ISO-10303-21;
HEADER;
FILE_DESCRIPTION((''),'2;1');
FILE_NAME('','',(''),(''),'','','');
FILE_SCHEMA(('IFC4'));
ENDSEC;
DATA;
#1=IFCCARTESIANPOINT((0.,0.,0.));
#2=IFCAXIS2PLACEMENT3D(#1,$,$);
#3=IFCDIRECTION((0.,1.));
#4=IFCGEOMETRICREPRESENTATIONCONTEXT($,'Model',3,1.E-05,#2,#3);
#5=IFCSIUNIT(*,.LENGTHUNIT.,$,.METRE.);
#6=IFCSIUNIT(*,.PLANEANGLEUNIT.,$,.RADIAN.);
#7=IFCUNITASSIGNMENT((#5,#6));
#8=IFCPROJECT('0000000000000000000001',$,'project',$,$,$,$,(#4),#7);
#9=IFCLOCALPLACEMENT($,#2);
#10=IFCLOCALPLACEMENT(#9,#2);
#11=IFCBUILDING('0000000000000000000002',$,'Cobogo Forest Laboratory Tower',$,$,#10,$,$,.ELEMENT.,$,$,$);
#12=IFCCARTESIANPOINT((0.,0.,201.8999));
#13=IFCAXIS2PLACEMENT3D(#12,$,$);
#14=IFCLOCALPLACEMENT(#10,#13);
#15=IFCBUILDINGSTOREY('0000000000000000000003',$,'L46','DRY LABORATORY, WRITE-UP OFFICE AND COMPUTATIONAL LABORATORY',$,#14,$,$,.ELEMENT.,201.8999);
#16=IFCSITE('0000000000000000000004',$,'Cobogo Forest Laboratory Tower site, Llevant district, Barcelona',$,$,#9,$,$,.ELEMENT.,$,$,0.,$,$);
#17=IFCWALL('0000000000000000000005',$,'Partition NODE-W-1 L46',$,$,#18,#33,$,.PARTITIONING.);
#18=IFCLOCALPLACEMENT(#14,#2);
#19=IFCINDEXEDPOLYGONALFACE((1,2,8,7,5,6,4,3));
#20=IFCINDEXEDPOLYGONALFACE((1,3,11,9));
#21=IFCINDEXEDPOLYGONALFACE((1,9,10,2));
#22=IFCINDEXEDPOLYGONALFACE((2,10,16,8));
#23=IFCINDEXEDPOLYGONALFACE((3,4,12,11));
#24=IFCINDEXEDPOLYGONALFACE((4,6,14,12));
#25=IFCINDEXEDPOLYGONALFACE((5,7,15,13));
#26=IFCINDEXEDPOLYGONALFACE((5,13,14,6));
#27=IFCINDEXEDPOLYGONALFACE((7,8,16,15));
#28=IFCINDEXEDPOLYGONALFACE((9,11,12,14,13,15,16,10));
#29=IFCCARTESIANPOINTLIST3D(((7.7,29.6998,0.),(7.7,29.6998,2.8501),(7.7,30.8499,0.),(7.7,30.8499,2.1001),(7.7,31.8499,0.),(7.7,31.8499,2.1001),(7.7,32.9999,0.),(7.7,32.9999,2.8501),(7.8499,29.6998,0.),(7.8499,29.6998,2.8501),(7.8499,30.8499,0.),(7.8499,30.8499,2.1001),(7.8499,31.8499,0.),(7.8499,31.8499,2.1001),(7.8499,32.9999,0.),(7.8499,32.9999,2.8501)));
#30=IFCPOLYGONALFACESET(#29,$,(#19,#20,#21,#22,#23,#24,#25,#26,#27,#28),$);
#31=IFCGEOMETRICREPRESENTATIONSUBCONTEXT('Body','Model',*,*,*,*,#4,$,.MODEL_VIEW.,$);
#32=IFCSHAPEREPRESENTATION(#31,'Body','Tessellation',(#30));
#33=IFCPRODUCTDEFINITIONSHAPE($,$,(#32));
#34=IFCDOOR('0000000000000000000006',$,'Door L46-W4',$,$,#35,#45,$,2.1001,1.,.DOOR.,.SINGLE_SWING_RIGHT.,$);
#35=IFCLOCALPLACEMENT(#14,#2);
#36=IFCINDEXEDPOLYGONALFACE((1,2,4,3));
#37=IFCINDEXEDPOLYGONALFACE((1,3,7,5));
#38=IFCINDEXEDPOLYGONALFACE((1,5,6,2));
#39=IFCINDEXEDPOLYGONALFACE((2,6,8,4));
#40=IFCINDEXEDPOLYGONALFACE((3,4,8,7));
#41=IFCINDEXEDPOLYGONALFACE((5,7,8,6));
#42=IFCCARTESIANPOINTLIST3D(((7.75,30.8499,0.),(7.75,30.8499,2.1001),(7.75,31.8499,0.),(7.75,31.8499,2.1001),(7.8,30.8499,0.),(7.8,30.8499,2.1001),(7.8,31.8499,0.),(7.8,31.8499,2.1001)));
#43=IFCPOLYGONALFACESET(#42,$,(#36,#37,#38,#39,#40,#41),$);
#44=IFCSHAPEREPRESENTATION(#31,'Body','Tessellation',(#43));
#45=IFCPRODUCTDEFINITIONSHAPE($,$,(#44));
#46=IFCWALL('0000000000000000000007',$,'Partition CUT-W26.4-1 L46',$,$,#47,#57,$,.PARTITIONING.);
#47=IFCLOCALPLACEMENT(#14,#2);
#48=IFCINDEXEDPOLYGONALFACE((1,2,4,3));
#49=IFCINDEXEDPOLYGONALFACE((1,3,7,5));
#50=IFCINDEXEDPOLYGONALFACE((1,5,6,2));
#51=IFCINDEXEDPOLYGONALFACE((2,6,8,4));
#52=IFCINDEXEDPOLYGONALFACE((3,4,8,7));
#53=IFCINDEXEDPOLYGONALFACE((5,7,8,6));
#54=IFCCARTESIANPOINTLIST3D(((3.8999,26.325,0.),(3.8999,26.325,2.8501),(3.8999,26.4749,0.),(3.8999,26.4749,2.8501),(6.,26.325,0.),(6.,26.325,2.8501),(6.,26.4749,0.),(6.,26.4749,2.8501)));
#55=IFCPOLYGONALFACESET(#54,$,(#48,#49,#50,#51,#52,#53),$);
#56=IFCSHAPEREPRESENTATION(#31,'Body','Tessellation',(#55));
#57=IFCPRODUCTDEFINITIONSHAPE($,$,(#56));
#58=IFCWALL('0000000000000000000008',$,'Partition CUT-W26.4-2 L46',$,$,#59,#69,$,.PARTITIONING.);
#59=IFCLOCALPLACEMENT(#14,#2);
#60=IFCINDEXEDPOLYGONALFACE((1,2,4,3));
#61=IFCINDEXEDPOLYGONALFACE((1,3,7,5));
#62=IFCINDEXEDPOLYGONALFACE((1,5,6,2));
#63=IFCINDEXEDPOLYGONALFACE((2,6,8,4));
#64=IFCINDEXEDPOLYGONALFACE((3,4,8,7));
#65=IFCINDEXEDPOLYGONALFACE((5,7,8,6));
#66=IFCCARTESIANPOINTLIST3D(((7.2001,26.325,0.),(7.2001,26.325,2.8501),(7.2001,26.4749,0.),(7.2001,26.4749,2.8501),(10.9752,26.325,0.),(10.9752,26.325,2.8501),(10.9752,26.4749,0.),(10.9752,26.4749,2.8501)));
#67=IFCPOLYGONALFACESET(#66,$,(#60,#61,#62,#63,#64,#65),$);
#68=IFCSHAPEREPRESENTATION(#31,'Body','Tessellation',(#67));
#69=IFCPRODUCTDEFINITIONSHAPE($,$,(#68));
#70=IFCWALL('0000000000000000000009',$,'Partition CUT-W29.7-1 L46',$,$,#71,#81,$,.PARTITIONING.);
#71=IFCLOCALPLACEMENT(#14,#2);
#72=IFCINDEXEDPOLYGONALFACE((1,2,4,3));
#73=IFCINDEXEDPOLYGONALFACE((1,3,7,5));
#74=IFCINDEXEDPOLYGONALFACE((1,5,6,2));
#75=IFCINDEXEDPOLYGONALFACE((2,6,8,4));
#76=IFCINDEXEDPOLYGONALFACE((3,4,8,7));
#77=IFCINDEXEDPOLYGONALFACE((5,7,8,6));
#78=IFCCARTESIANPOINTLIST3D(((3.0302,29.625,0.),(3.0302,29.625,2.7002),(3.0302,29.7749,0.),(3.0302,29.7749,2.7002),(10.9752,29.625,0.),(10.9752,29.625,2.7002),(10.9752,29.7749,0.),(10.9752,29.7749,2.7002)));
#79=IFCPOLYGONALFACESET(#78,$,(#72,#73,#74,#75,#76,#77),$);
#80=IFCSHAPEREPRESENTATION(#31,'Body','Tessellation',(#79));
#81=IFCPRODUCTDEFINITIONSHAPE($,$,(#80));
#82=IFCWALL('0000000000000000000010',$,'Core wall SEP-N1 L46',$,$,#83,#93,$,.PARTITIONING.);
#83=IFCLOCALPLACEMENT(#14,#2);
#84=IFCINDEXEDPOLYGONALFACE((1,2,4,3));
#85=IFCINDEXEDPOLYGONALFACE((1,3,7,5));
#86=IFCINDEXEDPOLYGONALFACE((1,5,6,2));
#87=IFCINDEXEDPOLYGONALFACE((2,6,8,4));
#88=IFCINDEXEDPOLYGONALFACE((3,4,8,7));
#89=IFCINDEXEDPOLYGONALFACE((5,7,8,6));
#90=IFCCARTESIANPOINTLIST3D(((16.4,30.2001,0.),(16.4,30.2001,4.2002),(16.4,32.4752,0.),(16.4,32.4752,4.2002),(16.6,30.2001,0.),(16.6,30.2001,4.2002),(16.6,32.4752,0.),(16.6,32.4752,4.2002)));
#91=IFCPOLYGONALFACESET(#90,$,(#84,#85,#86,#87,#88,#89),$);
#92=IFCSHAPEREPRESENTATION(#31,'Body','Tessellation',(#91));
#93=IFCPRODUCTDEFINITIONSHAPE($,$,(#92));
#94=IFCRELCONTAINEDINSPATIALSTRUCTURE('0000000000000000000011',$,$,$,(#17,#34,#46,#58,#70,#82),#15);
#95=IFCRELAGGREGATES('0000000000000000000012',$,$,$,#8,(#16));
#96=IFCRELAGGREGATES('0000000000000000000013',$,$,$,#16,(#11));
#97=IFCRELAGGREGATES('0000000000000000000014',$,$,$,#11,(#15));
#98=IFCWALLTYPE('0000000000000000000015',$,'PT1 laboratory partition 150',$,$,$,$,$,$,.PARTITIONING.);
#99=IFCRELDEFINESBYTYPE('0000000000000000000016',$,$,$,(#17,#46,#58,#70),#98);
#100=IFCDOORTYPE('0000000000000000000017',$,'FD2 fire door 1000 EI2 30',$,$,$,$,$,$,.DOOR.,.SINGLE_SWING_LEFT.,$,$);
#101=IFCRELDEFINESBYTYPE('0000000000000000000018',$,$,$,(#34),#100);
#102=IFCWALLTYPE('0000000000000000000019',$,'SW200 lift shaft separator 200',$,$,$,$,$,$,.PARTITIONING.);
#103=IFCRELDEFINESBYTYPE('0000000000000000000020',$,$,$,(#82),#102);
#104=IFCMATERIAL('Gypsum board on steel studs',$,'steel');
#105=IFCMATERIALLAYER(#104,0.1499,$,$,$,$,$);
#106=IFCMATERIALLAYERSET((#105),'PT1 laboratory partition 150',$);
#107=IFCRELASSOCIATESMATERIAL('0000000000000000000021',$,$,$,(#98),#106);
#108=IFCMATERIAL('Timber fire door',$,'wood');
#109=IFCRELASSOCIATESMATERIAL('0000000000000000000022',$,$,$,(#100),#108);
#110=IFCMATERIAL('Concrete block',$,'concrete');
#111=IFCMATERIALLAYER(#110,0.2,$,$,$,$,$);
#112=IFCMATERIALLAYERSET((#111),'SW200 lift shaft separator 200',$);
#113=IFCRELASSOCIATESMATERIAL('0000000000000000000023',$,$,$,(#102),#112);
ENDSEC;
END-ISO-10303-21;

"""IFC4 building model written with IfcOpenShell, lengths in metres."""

from ifc_helpers import new_model, si_unit, direction, frame, frame_2d, origin, place, context, subcontext, project, spatial, rectangle, extrude, material, layer, layer_set, type_object, element, fill, save


model = new_model("IFC4")

# Units and contexts
model_context = context("Model", 3, precision=1e-05, world=origin(), true_north=direction((0.0, 1.0)))
body_context = subcontext(model_context, "Body", "Model", "MODEL_VIEW")
ifc_project = project(units=[si_unit("LENGTHUNIT", "METRE"), si_unit("PLANEANGLEUNIT", "RADIAN")], contexts=[model_context])

# Site, building, storey
site_placement = place(None, origin())
site = spatial("IfcSite", under=ifc_project, at=site_placement, Name="Cobogo Forest Laboratory Tower site, Llevant district, Barcelona", CompositionType="ELEMENT", RefElevation=0.0)
building_placement = place(site_placement, origin())
building = spatial("IfcBuilding", under=site, at=building_placement, Name="Cobogo Forest Laboratory Tower", CompositionType="ELEMENT")
storey_placement = place(building_placement, frame((0.0, 0.0, 201.8999)))
storey = spatial("IfcBuildingStorey", under=building, at=storey_placement, Name="L46", Description="DRY LABORATORY, WRITE-UP OFFICE AND COMPUTATIONAL LABORATORY", CompositionType="ELEMENT", Elevation=201.8999)

# Wall, opening, door
ifc_material_1 = material(Name="Gypsum board on steel studs", Category="steel")
ifc_layer_1 = layer(ifc_material_1, 0.1499)
ifc_layer_set_1 = layer_set([ifc_layer_1], Name="PT1 laboratory partition 150")
wall_type_1 = type_object("IfcWallType", Name="PT1 laboratory partition 150", PredefinedType="PARTITIONING", material=ifc_layer_set_1)
wall_1_placement = place(storey_placement, frame((7.7749, 29.7, 0.0), z_axis=(0.0, 0.0, 1.0), x_axis=(0.0, 1.0, 0.0)))
wall_1 = element("IfcWall", 1, at=wall_1_placement, inside=storey, type_object=wall_type_1, Name="Partition NODE-W-1 L46", PredefinedType="PARTITIONING", context=body_context, shape_type="SweptSolid", body=[
    extrude(rectangle(XDim=3.3, YDim=0.1499, at=frame_2d((1.6499, 0.0))), origin(), (0.0, 0.0, 1.0), 2.8501),
])
opening_1_placement = place(wall_1_placement, frame((1.1499, 0.0, 0.0)))
opening_1 = element("IfcOpeningElement", 2, at=opening_1_placement, cuts=wall_1, PredefinedType="OPENING", context=body_context, shape_type="SweptSolid", body=[
    extrude(rectangle(XDim=1.0, YDim=2.1001, at=frame_2d((0.5, 1.05))), frame((0.0, 0.085, 0.0), z_axis=(0.0, -1.0, 0.0), x_axis=(1.0, 0.0, 0.0)), (0.0, 0.0, 1.0), 0.1699),
])
ifc_material_2 = material(Name="Timber fire door", Category="wood")
door_type_1 = type_object("IfcDoorType", Name="FD2 fire door 1000 EI2 30", OperationType="SINGLE_SWING_LEFT", PredefinedType="DOOR", material=ifc_material_2)
door_1_placement = place(opening_1_placement, origin())
door_1 = element("IfcDoor", 3, at=door_1_placement, inside=storey, type_object=door_type_1, Name="Door L46-W4", OperationType="SINGLE_SWING_RIGHT", OverallHeight=2.1001, OverallWidth=1.0, PredefinedType="DOOR", context=body_context, shape_type="SweptSolid", body=[
    extrude(rectangle(XDim=1.0, YDim=2.1001, at=frame_2d((0.5, 1.05))), frame((0.0, 0.0249, 0.0), z_axis=(0.0, -1.0, 0.0), x_axis=(1.0, 0.0, 0.0)), (0.0, 0.0, 1.0), 0.05),
])
fill(opening_1, door_1)

# Walls
wall_2_placement = place(storey_placement, frame((3.8999, 26.3999, 0.0), z_axis=(0.0, 0.0, 1.0), x_axis=(1.0, 0.0, 0.0)))
element("IfcWall", 4, at=wall_2_placement, inside=storey, type_object=wall_type_1, Name="Partition CUT-W26.4-1 L46", PredefinedType="PARTITIONING", context=body_context, shape_type="SweptSolid", body=[
    extrude(rectangle(XDim=2.1001, YDim=0.1499, at=frame_2d((1.05, 0.0))), origin(), (0.0, 0.0, 1.0), 2.8501),
])
wall_3_placement = place(storey_placement, frame((7.2, 26.3999, 0.0), z_axis=(0.0, 0.0, 1.0), x_axis=(1.0, 0.0, 0.0)))
element("IfcWall", 5, at=wall_3_placement, inside=storey, type_object=wall_type_1, Name="Partition CUT-W26.4-2 L46", PredefinedType="PARTITIONING", context=body_context, shape_type="SweptSolid", body=[
    extrude(rectangle(XDim=3.7751, YDim=0.1499, at=frame_2d((1.8877, 0.0))), origin(), (0.0, 0.0, 1.0), 2.8501),
])
wall_4_placement = place(storey_placement, frame((3.03, 29.7, 0.0), z_axis=(0.0, 0.0, 1.0), x_axis=(1.0, 0.0, 0.0)))
element("IfcWall", 6, at=wall_4_placement, inside=storey, type_object=wall_type_1, Name="Partition CUT-W29.7-1 L46", PredefinedType="PARTITIONING", context=body_context, shape_type="SweptSolid", body=[
    extrude(rectangle(XDim=7.9451, YDim=0.1499, at=frame_2d((3.9727, 0.0))), origin(), (0.0, 0.0, 1.0), 2.7002),
])
ifc_material_3 = material(Name="Concrete block", Category="concrete")
ifc_layer_2 = layer(ifc_material_3, 0.2)
ifc_layer_set_2 = layer_set([ifc_layer_2], Name="SW200 lift shaft separator 200")
wall_type_2 = type_object("IfcWallType", Name="SW200 lift shaft separator 200", PredefinedType="PARTITIONING", material=ifc_layer_set_2)
wall_5_placement = place(storey_placement, frame((16.5, 30.2, 0.0), z_axis=(0.0, 0.0, 1.0), x_axis=(0.0, 1.0, 0.0)))
element("IfcWall", 7, at=wall_5_placement, inside=storey, type_object=wall_type_2, Name="Core wall SEP-N1 L46", PredefinedType="PARTITIONING", context=body_context, shape_type="SweptSolid", body=[
    extrude(rectangle(XDim=2.2751, YDim=0.2, at=frame_2d((1.1377, 0.0))), origin(), (0.0, 0.0, 1.0), 4.2002),
])

save(model, "model.ifc")
